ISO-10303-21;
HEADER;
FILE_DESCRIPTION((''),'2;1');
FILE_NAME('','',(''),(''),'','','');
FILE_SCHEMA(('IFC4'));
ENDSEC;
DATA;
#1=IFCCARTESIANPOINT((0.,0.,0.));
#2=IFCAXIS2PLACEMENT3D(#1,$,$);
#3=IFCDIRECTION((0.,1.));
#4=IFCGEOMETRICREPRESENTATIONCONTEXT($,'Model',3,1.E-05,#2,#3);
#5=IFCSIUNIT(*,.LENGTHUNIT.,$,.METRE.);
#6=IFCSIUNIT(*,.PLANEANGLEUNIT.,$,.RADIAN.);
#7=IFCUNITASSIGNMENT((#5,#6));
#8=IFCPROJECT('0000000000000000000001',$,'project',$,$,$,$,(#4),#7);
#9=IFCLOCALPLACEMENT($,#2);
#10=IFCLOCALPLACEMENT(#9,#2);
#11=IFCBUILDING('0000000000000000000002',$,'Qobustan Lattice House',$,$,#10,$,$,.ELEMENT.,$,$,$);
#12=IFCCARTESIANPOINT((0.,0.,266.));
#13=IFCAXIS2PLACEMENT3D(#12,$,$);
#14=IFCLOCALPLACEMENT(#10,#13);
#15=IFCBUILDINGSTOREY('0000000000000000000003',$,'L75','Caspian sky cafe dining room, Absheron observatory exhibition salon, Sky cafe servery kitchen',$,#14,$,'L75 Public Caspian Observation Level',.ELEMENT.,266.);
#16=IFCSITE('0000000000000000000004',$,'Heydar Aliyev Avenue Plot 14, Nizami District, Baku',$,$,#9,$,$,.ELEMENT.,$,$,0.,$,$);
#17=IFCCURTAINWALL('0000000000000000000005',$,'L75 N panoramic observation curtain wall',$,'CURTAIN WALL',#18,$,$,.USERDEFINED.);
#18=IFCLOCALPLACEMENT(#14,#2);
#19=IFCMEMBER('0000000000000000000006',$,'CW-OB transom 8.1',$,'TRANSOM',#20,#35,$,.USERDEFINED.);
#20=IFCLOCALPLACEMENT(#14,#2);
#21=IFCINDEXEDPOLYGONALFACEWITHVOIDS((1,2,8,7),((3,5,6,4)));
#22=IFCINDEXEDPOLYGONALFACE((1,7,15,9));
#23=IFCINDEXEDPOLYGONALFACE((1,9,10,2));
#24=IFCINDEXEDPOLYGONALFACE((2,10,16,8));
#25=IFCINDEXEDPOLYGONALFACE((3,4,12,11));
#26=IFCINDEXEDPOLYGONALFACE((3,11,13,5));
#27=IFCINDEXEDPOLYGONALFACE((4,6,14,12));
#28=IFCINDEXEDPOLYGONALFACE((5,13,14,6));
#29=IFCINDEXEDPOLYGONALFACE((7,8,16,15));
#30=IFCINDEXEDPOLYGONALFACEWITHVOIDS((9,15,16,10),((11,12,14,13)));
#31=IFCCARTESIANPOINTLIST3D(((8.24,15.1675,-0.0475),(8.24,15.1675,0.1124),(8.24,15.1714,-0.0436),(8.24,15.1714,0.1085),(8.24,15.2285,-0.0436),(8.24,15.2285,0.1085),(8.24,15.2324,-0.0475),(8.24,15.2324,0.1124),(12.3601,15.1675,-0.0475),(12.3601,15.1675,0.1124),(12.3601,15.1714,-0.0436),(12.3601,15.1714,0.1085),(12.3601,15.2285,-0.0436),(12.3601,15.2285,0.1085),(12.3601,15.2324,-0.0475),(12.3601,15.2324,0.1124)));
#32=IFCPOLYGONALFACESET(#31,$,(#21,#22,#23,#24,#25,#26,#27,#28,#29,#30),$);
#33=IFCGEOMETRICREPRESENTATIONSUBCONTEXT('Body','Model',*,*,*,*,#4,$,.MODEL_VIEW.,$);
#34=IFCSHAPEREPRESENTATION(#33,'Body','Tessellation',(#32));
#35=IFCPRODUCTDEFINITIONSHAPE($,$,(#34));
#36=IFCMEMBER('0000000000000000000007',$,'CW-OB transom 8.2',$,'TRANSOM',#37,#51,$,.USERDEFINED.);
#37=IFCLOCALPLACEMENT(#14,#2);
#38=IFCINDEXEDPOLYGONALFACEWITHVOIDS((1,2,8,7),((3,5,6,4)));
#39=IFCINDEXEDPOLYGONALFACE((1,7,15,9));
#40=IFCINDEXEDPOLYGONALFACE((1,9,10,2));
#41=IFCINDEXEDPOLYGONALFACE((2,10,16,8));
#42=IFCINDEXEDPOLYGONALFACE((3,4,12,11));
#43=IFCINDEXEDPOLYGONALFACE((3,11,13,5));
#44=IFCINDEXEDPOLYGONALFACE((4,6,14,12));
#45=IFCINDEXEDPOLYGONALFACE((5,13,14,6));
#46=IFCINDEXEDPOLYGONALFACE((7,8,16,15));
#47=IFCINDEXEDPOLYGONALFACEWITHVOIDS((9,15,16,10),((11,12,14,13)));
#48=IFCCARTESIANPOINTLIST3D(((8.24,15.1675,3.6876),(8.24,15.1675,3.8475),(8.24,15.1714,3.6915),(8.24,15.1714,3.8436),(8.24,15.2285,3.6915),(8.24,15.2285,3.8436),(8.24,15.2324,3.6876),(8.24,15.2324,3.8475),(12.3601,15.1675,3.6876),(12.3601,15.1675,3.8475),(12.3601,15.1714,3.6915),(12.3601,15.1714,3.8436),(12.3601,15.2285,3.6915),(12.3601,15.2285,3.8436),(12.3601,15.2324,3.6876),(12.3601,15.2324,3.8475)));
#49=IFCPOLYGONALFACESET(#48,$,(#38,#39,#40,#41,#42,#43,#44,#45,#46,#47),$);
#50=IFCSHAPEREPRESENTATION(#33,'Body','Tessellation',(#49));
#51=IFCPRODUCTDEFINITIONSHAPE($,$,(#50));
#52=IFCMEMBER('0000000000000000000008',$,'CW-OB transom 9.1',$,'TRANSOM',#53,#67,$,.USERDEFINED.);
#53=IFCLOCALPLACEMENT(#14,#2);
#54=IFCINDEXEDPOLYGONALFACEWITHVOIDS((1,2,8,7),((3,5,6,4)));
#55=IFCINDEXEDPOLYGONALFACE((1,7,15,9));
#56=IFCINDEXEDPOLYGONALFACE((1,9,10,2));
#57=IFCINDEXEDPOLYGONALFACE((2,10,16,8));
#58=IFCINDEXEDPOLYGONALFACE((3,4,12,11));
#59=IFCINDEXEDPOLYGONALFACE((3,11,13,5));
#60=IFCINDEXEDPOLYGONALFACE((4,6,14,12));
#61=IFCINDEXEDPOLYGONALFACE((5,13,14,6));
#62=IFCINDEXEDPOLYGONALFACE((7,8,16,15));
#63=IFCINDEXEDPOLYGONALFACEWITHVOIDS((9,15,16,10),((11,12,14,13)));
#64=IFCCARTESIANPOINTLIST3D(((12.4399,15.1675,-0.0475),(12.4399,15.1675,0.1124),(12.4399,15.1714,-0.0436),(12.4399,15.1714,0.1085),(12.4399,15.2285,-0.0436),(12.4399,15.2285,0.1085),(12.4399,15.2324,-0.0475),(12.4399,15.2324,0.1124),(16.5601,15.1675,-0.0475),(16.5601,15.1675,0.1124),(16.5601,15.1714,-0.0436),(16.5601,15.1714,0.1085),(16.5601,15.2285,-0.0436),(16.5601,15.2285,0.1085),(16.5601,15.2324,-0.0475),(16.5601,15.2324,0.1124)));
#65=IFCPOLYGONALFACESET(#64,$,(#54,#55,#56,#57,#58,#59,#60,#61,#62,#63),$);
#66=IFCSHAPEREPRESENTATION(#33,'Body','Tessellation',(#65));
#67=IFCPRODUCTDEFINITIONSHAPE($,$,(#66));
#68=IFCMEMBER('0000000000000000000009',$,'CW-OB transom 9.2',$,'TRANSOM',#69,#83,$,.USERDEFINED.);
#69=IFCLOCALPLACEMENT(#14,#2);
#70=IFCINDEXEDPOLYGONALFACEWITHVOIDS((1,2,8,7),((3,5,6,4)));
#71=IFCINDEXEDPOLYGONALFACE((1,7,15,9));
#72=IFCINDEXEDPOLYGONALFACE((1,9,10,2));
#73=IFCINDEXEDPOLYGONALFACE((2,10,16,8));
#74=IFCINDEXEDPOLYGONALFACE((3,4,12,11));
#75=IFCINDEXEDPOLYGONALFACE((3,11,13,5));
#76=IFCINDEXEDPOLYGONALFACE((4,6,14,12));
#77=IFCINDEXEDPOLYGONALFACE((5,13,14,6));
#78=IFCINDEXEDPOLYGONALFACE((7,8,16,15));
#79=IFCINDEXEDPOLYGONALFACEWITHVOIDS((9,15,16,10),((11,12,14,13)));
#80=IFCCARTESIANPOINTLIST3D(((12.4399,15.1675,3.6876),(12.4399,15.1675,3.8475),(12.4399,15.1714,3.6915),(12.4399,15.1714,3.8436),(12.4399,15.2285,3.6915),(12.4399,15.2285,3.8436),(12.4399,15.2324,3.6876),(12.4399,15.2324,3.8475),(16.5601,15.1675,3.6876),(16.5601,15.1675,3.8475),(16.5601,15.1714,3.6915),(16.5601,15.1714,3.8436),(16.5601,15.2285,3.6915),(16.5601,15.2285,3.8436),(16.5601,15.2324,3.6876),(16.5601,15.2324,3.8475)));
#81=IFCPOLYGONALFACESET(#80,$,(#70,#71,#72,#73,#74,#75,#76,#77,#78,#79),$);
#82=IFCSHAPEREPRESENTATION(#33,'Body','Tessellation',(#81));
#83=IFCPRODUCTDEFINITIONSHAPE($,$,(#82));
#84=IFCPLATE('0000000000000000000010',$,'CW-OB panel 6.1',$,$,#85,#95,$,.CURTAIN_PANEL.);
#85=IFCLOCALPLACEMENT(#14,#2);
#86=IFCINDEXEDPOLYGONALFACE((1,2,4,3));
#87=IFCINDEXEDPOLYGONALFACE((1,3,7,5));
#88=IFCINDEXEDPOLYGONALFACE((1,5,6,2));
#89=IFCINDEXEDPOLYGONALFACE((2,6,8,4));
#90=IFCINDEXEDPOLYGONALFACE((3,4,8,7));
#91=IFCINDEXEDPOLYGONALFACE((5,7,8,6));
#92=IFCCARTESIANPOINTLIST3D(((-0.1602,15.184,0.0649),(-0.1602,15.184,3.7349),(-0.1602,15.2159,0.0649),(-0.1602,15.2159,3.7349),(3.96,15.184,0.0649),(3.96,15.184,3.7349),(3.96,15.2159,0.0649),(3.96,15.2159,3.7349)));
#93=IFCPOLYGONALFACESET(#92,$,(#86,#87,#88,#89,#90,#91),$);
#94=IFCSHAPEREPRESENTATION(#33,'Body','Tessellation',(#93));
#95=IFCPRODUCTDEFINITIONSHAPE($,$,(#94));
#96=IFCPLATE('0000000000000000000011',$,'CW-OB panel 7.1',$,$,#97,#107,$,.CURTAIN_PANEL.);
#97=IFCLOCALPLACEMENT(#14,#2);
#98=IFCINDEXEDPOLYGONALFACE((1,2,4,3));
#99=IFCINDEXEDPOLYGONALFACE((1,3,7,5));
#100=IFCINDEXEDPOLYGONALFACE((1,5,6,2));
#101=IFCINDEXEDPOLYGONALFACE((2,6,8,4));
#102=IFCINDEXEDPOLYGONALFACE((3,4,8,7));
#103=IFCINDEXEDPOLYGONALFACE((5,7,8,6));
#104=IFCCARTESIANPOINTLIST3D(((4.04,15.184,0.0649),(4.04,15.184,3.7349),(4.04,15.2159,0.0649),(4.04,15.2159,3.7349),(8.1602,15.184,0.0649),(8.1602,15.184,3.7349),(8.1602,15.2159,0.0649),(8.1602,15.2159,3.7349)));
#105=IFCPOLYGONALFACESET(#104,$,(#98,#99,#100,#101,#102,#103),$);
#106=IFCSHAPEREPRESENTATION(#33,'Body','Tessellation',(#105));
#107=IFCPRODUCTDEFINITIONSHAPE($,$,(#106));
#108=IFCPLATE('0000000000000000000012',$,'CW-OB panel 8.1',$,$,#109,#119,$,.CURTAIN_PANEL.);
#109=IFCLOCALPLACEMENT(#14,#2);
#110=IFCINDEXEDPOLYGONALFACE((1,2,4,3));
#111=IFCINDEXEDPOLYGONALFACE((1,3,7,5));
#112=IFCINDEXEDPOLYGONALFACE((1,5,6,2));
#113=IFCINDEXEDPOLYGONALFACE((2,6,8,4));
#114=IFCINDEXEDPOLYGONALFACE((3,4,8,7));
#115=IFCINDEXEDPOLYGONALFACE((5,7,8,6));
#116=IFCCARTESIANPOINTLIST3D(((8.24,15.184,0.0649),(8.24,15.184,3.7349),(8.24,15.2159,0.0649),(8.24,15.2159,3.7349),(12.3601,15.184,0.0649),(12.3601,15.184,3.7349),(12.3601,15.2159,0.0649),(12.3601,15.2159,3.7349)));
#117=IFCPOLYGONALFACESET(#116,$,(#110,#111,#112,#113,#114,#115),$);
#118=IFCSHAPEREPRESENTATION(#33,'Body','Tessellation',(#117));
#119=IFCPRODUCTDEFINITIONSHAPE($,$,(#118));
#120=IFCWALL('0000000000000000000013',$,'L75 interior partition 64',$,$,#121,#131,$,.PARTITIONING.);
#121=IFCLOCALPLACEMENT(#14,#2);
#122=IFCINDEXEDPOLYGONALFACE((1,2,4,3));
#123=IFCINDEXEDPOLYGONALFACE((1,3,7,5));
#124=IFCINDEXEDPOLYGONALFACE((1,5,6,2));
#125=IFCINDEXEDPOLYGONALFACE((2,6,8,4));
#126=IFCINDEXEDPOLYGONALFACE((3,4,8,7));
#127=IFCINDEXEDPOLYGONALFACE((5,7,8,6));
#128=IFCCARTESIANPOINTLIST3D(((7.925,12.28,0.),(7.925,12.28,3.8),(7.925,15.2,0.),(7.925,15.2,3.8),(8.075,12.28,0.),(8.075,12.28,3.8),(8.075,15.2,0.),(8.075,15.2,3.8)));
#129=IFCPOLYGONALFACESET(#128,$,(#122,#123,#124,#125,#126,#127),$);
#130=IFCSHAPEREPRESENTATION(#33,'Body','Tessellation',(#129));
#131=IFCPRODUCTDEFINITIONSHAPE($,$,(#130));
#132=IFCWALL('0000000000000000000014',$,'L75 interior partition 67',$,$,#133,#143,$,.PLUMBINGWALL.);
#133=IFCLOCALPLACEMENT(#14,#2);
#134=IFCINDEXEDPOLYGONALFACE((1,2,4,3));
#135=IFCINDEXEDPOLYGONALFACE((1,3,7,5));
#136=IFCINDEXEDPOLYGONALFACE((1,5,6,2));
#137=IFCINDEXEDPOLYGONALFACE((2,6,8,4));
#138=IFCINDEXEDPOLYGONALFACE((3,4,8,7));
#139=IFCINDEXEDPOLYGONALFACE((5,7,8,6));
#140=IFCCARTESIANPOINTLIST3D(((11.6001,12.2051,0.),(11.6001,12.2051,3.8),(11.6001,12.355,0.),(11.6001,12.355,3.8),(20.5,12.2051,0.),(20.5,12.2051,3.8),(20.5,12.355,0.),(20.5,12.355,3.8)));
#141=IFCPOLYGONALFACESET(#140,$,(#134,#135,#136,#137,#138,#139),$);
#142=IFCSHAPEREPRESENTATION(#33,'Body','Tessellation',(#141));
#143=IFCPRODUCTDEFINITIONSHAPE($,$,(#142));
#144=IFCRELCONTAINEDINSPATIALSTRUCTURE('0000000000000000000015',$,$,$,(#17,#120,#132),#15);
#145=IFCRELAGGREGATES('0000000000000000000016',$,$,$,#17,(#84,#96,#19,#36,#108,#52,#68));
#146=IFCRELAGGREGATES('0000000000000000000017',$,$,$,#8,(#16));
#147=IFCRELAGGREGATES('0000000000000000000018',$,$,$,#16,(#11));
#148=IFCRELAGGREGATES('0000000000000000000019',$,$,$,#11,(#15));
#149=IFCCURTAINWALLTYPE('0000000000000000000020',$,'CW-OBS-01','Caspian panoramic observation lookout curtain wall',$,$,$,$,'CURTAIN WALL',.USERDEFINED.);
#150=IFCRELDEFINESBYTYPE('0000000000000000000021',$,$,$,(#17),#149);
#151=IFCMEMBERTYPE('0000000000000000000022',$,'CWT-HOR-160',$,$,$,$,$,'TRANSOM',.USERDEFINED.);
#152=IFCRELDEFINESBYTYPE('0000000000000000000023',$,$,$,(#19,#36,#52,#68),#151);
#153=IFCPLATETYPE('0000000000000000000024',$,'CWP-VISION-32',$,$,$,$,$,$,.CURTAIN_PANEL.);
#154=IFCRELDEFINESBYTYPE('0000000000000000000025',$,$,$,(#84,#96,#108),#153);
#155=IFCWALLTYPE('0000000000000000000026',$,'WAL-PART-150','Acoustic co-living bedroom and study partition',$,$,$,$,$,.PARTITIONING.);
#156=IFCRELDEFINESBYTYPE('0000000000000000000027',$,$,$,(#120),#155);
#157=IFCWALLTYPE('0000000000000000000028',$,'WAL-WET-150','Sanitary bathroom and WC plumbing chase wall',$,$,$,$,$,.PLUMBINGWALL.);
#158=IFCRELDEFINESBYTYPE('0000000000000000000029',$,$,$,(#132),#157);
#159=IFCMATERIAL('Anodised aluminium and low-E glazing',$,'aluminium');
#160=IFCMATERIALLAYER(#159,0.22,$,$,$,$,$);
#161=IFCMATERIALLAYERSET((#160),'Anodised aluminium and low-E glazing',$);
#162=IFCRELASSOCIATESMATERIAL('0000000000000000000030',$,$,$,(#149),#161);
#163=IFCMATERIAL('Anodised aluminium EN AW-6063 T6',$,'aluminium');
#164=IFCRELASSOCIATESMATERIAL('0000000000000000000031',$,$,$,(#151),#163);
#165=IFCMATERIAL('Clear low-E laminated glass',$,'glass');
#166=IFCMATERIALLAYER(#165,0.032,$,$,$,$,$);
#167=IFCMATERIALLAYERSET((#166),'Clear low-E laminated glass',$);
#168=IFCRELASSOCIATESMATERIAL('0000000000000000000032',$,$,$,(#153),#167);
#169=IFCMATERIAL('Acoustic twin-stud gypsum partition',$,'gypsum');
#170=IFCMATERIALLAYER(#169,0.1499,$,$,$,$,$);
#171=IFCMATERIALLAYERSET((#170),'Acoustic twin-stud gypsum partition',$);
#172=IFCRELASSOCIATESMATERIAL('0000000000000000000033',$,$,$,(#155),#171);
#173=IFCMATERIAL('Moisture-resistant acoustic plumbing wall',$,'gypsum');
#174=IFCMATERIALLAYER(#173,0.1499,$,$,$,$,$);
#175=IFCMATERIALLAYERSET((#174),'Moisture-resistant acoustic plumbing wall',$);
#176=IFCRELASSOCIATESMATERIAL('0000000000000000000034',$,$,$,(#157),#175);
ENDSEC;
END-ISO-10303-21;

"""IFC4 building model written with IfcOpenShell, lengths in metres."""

from ifc_helpers import new_model, si_unit, direction, frame, frame_2d, origin, origin_2d, place, context, subcontext, project, spatial, rectangle, hollow_rectangle, extrude, material, layer, layer_set, material_profile, profile_set, type_object, element, aggregate, save


model = new_model("IFC4")

# Units and contexts
model_context = context("Model", 3, precision=1e-05, world=origin(), true_north=direction((0.0, 1.0)))
body_context = subcontext(model_context, "Body", "Model", "MODEL_VIEW")
ifc_project = project(units=[si_unit("LENGTHUNIT", "METRE"), si_unit("PLANEANGLEUNIT", "RADIAN")], contexts=[model_context])

# Site, building, storey
site_placement = place(None, origin())
site = spatial("IfcSite", under=ifc_project, at=site_placement, Name="Heydar Aliyev Avenue Plot 14, Nizami District, Baku", CompositionType="ELEMENT", RefElevation=0.0)
building_placement = place(site_placement, origin())
building = spatial("IfcBuilding", under=site, at=building_placement, Name="Qobustan Lattice House", CompositionType="ELEMENT")
storey_placement = place(building_placement, frame((0.0, 0.0, 266.0)))
storey = spatial("IfcBuildingStorey", under=building, at=storey_placement, Name="L75", Description="Caspian sky cafe dining room, Absheron observatory exhibition salon, Sky cafe servery kitchen", LongName="L75 Public Caspian Observation Level", CompositionType="ELEMENT", Elevation=266.0)

# Curtain wall, members, plates
ifc_material_1 = material(Name="Anodised aluminium and low-E glazing", Category="aluminium")
ifc_layer_1 = layer(ifc_material_1, 0.22)
ifc_layer_set_1 = layer_set([ifc_layer_1], Name="Anodised aluminium and low-E glazing")
curtain_wall_type = type_object("IfcCurtainWallType", Name="CW-OBS-01", Description="Caspian panoramic observation lookout curtain wall", ElementType="CURTAIN WALL", PredefinedType="USERDEFINED", material=ifc_layer_set_1)
curtain_wall_placement = place(storey_placement, origin())
curtain_wall = element("IfcCurtainWall", 1, at=curtain_wall_placement, inside=storey, type_object=curtain_wall_type, Name="L75 N panoramic observation curtain wall", ObjectType="CURTAIN WALL", PredefinedType="USERDEFINED")
ifc_material_2 = material(Name="Anodised aluminium EN AW-6063 T6", Category="aluminium")
ifc_material_profile_1 = material_profile(ifc_material_2, hollow_rectangle(XDim=0.0649, YDim=0.1599, WallThickness=0.0039, at=origin_2d()), Name="CWT-160x65")
ifc_profile_set_1 = profile_set([ifc_material_profile_1], Name="Anodised aluminium EN AW-6063 T6")
member_type_1 = type_object("IfcMemberType", Name="CWT-HOR-160", ElementType="TRANSOM", PredefinedType="USERDEFINED", material=ifc_profile_set_1)
member_1_placement = place(storey_placement, frame((8.24, 15.2, 0.0325), z_axis=(1.0, 0.0, 0.0), x_axis=(0.0, 1.0, 0.0)))
member_1 = element("IfcMember", 2, at=member_1_placement, type_object=member_type_1, Name="CW-OB transom 8.1", ObjectType="TRANSOM", PredefinedType="USERDEFINED", context=body_context, shape_type="SweptSolid", body=[
    extrude(hollow_rectangle(XDim=0.0649, YDim=0.1599, WallThickness=0.0039, at=origin_2d()), origin(), (0.0, 0.0, 1.0), 4.1201),
])
member_2_placement = place(storey_placement, frame((8.24, 15.2, 3.7676), z_axis=(1.0, 0.0, 0.0), x_axis=(0.0, 1.0, 0.0)))
member_2 = element("IfcMember", 3, at=member_2_placement, type_object=member_type_1, Name="CW-OB transom 8.2", ObjectType="TRANSOM", PredefinedType="USERDEFINED", context=body_context, shape_type="SweptSolid", body=[
    extrude(hollow_rectangle(XDim=0.0649, YDim=0.1599, WallThickness=0.0039, at=origin_2d()), origin(), (0.0, 0.0, 1.0), 4.1201),
])
member_3_placement = place(storey_placement, frame((12.4399, 15.2, 0.0325), z_axis=(1.0, 0.0, 0.0), x_axis=(0.0, 1.0, 0.0)))
member_3 = element("IfcMember", 4, at=member_3_placement, type_object=member_type_1, Name="CW-OB transom 9.1", ObjectType="TRANSOM", PredefinedType="USERDEFINED", context=body_context, shape_type="SweptSolid", body=[
    extrude(hollow_rectangle(XDim=0.0649, YDim=0.1599, WallThickness=0.0039, at=origin_2d()), origin(), (0.0, 0.0, 1.0), 4.1201),
])
member_4_placement = place(storey_placement, frame((12.4399, 15.2, 3.7676), z_axis=(1.0, 0.0, 0.0), x_axis=(0.0, 1.0, 0.0)))
member_4 = element("IfcMember", 5, at=member_4_placement, type_object=member_type_1, Name="CW-OB transom 9.2", ObjectType="TRANSOM", PredefinedType="USERDEFINED", context=body_context, shape_type="SweptSolid", body=[
    extrude(hollow_rectangle(XDim=0.0649, YDim=0.1599, WallThickness=0.0039, at=origin_2d()), origin(), (0.0, 0.0, 1.0), 4.1201),
])
ifc_material_3 = material(Name="Clear low-E laminated glass", Category="glass")
ifc_layer_2 = layer(ifc_material_3, 0.032)
ifc_layer_set_2 = layer_set([ifc_layer_2], Name="Clear low-E laminated glass")
plate_type = type_object("IfcPlateType", Name="CWP-VISION-32", PredefinedType="CURTAIN_PANEL", material=ifc_layer_set_2)
plate_1_placement = place(storey_placement, frame((1.8999, 15.2, 0.0649), z_axis=(0.0, 0.0, 1.0), x_axis=(1.0, 0.0, 0.0)))
plate_1 = element("IfcPlate", 6, at=plate_1_placement, type_object=plate_type, Name="CW-OB panel 6.1", PredefinedType="CURTAIN_PANEL", context=body_context, shape_type="SweptSolid", body=[
    extrude(rectangle(XDim=4.1201, YDim=0.032, at=origin_2d()), origin(), (0.0, 0.0, 1.0), 3.6699),
])
plate_2_placement = place(storey_placement, frame((6.1001, 15.2, 0.0649), z_axis=(0.0, 0.0, 1.0), x_axis=(1.0, 0.0, 0.0)))
plate_2 = element("IfcPlate", 7, at=plate_2_placement, type_object=plate_type, Name="CW-OB panel 7.1", PredefinedType="CURTAIN_PANEL", context=body_context, shape_type="SweptSolid", body=[
    extrude(rectangle(XDim=4.1201, YDim=0.032, at=origin_2d()), origin(), (0.0, 0.0, 1.0), 3.6699),
])
plate_3_placement = place(storey_placement, frame((10.3, 15.2, 0.0649), z_axis=(0.0, 0.0, 1.0), x_axis=(1.0, 0.0, 0.0)))
plate_3 = element("IfcPlate", 8, at=plate_3_placement, type_object=plate_type, Name="CW-OB panel 8.1", PredefinedType="CURTAIN_PANEL", context=body_context, shape_type="SweptSolid", body=[
    extrude(rectangle(XDim=4.1201, YDim=0.032, at=origin_2d()), origin(), (0.0, 0.0, 1.0), 3.6699),
])
aggregate(curtain_wall, [plate_1, plate_2, member_1, member_2, plate_3, member_3, member_4])

# Walls
ifc_material_4 = material(Name="Acoustic twin-stud gypsum partition", Category="gypsum")
ifc_layer_3 = layer(ifc_material_4, 0.1499)
ifc_layer_set_3 = layer_set([ifc_layer_3], Name="Acoustic twin-stud gypsum partition")
wall_type_1 = type_object("IfcWallType", Name="WAL-PART-150", Description="Acoustic co-living bedroom and study partition", PredefinedType="PARTITIONING", material=ifc_layer_set_3)
wall_1_placement = place(storey_placement, frame((8.0, 15.2, 0.0), z_axis=(0.0, 0.0, 1.0), x_axis=(0.0, -1.0, 0.0)))
element("IfcWall", 9, at=wall_1_placement, inside=storey, type_object=wall_type_1, Name="L75 interior partition 64", PredefinedType="PARTITIONING", context=body_context, shape_type="SweptSolid", body=[
    extrude(rectangle(XDim=2.9199, YDim=0.1499, at=frame_2d((1.46, 0.0))), origin(), (0.0, 0.0, 1.0), 3.8),
])
ifc_material_5 = material(Name="Moisture-resistant acoustic plumbing wall", Category="gypsum")
ifc_layer_4 = layer(ifc_material_5, 0.1499)
ifc_layer_set_4 = layer_set([ifc_layer_4], Name="Moisture-resistant acoustic plumbing wall")
wall_type_2 = type_object("IfcWallType", Name="WAL-WET-150", Description="Sanitary bathroom and WC plumbing chase wall", PredefinedType="PLUMBINGWALL", material=ifc_layer_set_4)
wall_2_placement = place(storey_placement, frame((11.6001, 12.28, 0.0), z_axis=(0.0, 0.0, 1.0), x_axis=(1.0, 0.0, 0.0)))
element("IfcWall", 10, at=wall_2_placement, inside=storey, type_object=wall_type_2, Name="L75 interior partition 67", PredefinedType="PLUMBINGWALL", context=body_context, shape_type="SweptSolid", body=[
    extrude(rectangle(XDim=8.8999, YDim=0.1499, at=frame_2d((4.45, 0.0))), origin(), (0.0, 0.0, 1.0), 3.8),
])

save(model, "model.ifc")
